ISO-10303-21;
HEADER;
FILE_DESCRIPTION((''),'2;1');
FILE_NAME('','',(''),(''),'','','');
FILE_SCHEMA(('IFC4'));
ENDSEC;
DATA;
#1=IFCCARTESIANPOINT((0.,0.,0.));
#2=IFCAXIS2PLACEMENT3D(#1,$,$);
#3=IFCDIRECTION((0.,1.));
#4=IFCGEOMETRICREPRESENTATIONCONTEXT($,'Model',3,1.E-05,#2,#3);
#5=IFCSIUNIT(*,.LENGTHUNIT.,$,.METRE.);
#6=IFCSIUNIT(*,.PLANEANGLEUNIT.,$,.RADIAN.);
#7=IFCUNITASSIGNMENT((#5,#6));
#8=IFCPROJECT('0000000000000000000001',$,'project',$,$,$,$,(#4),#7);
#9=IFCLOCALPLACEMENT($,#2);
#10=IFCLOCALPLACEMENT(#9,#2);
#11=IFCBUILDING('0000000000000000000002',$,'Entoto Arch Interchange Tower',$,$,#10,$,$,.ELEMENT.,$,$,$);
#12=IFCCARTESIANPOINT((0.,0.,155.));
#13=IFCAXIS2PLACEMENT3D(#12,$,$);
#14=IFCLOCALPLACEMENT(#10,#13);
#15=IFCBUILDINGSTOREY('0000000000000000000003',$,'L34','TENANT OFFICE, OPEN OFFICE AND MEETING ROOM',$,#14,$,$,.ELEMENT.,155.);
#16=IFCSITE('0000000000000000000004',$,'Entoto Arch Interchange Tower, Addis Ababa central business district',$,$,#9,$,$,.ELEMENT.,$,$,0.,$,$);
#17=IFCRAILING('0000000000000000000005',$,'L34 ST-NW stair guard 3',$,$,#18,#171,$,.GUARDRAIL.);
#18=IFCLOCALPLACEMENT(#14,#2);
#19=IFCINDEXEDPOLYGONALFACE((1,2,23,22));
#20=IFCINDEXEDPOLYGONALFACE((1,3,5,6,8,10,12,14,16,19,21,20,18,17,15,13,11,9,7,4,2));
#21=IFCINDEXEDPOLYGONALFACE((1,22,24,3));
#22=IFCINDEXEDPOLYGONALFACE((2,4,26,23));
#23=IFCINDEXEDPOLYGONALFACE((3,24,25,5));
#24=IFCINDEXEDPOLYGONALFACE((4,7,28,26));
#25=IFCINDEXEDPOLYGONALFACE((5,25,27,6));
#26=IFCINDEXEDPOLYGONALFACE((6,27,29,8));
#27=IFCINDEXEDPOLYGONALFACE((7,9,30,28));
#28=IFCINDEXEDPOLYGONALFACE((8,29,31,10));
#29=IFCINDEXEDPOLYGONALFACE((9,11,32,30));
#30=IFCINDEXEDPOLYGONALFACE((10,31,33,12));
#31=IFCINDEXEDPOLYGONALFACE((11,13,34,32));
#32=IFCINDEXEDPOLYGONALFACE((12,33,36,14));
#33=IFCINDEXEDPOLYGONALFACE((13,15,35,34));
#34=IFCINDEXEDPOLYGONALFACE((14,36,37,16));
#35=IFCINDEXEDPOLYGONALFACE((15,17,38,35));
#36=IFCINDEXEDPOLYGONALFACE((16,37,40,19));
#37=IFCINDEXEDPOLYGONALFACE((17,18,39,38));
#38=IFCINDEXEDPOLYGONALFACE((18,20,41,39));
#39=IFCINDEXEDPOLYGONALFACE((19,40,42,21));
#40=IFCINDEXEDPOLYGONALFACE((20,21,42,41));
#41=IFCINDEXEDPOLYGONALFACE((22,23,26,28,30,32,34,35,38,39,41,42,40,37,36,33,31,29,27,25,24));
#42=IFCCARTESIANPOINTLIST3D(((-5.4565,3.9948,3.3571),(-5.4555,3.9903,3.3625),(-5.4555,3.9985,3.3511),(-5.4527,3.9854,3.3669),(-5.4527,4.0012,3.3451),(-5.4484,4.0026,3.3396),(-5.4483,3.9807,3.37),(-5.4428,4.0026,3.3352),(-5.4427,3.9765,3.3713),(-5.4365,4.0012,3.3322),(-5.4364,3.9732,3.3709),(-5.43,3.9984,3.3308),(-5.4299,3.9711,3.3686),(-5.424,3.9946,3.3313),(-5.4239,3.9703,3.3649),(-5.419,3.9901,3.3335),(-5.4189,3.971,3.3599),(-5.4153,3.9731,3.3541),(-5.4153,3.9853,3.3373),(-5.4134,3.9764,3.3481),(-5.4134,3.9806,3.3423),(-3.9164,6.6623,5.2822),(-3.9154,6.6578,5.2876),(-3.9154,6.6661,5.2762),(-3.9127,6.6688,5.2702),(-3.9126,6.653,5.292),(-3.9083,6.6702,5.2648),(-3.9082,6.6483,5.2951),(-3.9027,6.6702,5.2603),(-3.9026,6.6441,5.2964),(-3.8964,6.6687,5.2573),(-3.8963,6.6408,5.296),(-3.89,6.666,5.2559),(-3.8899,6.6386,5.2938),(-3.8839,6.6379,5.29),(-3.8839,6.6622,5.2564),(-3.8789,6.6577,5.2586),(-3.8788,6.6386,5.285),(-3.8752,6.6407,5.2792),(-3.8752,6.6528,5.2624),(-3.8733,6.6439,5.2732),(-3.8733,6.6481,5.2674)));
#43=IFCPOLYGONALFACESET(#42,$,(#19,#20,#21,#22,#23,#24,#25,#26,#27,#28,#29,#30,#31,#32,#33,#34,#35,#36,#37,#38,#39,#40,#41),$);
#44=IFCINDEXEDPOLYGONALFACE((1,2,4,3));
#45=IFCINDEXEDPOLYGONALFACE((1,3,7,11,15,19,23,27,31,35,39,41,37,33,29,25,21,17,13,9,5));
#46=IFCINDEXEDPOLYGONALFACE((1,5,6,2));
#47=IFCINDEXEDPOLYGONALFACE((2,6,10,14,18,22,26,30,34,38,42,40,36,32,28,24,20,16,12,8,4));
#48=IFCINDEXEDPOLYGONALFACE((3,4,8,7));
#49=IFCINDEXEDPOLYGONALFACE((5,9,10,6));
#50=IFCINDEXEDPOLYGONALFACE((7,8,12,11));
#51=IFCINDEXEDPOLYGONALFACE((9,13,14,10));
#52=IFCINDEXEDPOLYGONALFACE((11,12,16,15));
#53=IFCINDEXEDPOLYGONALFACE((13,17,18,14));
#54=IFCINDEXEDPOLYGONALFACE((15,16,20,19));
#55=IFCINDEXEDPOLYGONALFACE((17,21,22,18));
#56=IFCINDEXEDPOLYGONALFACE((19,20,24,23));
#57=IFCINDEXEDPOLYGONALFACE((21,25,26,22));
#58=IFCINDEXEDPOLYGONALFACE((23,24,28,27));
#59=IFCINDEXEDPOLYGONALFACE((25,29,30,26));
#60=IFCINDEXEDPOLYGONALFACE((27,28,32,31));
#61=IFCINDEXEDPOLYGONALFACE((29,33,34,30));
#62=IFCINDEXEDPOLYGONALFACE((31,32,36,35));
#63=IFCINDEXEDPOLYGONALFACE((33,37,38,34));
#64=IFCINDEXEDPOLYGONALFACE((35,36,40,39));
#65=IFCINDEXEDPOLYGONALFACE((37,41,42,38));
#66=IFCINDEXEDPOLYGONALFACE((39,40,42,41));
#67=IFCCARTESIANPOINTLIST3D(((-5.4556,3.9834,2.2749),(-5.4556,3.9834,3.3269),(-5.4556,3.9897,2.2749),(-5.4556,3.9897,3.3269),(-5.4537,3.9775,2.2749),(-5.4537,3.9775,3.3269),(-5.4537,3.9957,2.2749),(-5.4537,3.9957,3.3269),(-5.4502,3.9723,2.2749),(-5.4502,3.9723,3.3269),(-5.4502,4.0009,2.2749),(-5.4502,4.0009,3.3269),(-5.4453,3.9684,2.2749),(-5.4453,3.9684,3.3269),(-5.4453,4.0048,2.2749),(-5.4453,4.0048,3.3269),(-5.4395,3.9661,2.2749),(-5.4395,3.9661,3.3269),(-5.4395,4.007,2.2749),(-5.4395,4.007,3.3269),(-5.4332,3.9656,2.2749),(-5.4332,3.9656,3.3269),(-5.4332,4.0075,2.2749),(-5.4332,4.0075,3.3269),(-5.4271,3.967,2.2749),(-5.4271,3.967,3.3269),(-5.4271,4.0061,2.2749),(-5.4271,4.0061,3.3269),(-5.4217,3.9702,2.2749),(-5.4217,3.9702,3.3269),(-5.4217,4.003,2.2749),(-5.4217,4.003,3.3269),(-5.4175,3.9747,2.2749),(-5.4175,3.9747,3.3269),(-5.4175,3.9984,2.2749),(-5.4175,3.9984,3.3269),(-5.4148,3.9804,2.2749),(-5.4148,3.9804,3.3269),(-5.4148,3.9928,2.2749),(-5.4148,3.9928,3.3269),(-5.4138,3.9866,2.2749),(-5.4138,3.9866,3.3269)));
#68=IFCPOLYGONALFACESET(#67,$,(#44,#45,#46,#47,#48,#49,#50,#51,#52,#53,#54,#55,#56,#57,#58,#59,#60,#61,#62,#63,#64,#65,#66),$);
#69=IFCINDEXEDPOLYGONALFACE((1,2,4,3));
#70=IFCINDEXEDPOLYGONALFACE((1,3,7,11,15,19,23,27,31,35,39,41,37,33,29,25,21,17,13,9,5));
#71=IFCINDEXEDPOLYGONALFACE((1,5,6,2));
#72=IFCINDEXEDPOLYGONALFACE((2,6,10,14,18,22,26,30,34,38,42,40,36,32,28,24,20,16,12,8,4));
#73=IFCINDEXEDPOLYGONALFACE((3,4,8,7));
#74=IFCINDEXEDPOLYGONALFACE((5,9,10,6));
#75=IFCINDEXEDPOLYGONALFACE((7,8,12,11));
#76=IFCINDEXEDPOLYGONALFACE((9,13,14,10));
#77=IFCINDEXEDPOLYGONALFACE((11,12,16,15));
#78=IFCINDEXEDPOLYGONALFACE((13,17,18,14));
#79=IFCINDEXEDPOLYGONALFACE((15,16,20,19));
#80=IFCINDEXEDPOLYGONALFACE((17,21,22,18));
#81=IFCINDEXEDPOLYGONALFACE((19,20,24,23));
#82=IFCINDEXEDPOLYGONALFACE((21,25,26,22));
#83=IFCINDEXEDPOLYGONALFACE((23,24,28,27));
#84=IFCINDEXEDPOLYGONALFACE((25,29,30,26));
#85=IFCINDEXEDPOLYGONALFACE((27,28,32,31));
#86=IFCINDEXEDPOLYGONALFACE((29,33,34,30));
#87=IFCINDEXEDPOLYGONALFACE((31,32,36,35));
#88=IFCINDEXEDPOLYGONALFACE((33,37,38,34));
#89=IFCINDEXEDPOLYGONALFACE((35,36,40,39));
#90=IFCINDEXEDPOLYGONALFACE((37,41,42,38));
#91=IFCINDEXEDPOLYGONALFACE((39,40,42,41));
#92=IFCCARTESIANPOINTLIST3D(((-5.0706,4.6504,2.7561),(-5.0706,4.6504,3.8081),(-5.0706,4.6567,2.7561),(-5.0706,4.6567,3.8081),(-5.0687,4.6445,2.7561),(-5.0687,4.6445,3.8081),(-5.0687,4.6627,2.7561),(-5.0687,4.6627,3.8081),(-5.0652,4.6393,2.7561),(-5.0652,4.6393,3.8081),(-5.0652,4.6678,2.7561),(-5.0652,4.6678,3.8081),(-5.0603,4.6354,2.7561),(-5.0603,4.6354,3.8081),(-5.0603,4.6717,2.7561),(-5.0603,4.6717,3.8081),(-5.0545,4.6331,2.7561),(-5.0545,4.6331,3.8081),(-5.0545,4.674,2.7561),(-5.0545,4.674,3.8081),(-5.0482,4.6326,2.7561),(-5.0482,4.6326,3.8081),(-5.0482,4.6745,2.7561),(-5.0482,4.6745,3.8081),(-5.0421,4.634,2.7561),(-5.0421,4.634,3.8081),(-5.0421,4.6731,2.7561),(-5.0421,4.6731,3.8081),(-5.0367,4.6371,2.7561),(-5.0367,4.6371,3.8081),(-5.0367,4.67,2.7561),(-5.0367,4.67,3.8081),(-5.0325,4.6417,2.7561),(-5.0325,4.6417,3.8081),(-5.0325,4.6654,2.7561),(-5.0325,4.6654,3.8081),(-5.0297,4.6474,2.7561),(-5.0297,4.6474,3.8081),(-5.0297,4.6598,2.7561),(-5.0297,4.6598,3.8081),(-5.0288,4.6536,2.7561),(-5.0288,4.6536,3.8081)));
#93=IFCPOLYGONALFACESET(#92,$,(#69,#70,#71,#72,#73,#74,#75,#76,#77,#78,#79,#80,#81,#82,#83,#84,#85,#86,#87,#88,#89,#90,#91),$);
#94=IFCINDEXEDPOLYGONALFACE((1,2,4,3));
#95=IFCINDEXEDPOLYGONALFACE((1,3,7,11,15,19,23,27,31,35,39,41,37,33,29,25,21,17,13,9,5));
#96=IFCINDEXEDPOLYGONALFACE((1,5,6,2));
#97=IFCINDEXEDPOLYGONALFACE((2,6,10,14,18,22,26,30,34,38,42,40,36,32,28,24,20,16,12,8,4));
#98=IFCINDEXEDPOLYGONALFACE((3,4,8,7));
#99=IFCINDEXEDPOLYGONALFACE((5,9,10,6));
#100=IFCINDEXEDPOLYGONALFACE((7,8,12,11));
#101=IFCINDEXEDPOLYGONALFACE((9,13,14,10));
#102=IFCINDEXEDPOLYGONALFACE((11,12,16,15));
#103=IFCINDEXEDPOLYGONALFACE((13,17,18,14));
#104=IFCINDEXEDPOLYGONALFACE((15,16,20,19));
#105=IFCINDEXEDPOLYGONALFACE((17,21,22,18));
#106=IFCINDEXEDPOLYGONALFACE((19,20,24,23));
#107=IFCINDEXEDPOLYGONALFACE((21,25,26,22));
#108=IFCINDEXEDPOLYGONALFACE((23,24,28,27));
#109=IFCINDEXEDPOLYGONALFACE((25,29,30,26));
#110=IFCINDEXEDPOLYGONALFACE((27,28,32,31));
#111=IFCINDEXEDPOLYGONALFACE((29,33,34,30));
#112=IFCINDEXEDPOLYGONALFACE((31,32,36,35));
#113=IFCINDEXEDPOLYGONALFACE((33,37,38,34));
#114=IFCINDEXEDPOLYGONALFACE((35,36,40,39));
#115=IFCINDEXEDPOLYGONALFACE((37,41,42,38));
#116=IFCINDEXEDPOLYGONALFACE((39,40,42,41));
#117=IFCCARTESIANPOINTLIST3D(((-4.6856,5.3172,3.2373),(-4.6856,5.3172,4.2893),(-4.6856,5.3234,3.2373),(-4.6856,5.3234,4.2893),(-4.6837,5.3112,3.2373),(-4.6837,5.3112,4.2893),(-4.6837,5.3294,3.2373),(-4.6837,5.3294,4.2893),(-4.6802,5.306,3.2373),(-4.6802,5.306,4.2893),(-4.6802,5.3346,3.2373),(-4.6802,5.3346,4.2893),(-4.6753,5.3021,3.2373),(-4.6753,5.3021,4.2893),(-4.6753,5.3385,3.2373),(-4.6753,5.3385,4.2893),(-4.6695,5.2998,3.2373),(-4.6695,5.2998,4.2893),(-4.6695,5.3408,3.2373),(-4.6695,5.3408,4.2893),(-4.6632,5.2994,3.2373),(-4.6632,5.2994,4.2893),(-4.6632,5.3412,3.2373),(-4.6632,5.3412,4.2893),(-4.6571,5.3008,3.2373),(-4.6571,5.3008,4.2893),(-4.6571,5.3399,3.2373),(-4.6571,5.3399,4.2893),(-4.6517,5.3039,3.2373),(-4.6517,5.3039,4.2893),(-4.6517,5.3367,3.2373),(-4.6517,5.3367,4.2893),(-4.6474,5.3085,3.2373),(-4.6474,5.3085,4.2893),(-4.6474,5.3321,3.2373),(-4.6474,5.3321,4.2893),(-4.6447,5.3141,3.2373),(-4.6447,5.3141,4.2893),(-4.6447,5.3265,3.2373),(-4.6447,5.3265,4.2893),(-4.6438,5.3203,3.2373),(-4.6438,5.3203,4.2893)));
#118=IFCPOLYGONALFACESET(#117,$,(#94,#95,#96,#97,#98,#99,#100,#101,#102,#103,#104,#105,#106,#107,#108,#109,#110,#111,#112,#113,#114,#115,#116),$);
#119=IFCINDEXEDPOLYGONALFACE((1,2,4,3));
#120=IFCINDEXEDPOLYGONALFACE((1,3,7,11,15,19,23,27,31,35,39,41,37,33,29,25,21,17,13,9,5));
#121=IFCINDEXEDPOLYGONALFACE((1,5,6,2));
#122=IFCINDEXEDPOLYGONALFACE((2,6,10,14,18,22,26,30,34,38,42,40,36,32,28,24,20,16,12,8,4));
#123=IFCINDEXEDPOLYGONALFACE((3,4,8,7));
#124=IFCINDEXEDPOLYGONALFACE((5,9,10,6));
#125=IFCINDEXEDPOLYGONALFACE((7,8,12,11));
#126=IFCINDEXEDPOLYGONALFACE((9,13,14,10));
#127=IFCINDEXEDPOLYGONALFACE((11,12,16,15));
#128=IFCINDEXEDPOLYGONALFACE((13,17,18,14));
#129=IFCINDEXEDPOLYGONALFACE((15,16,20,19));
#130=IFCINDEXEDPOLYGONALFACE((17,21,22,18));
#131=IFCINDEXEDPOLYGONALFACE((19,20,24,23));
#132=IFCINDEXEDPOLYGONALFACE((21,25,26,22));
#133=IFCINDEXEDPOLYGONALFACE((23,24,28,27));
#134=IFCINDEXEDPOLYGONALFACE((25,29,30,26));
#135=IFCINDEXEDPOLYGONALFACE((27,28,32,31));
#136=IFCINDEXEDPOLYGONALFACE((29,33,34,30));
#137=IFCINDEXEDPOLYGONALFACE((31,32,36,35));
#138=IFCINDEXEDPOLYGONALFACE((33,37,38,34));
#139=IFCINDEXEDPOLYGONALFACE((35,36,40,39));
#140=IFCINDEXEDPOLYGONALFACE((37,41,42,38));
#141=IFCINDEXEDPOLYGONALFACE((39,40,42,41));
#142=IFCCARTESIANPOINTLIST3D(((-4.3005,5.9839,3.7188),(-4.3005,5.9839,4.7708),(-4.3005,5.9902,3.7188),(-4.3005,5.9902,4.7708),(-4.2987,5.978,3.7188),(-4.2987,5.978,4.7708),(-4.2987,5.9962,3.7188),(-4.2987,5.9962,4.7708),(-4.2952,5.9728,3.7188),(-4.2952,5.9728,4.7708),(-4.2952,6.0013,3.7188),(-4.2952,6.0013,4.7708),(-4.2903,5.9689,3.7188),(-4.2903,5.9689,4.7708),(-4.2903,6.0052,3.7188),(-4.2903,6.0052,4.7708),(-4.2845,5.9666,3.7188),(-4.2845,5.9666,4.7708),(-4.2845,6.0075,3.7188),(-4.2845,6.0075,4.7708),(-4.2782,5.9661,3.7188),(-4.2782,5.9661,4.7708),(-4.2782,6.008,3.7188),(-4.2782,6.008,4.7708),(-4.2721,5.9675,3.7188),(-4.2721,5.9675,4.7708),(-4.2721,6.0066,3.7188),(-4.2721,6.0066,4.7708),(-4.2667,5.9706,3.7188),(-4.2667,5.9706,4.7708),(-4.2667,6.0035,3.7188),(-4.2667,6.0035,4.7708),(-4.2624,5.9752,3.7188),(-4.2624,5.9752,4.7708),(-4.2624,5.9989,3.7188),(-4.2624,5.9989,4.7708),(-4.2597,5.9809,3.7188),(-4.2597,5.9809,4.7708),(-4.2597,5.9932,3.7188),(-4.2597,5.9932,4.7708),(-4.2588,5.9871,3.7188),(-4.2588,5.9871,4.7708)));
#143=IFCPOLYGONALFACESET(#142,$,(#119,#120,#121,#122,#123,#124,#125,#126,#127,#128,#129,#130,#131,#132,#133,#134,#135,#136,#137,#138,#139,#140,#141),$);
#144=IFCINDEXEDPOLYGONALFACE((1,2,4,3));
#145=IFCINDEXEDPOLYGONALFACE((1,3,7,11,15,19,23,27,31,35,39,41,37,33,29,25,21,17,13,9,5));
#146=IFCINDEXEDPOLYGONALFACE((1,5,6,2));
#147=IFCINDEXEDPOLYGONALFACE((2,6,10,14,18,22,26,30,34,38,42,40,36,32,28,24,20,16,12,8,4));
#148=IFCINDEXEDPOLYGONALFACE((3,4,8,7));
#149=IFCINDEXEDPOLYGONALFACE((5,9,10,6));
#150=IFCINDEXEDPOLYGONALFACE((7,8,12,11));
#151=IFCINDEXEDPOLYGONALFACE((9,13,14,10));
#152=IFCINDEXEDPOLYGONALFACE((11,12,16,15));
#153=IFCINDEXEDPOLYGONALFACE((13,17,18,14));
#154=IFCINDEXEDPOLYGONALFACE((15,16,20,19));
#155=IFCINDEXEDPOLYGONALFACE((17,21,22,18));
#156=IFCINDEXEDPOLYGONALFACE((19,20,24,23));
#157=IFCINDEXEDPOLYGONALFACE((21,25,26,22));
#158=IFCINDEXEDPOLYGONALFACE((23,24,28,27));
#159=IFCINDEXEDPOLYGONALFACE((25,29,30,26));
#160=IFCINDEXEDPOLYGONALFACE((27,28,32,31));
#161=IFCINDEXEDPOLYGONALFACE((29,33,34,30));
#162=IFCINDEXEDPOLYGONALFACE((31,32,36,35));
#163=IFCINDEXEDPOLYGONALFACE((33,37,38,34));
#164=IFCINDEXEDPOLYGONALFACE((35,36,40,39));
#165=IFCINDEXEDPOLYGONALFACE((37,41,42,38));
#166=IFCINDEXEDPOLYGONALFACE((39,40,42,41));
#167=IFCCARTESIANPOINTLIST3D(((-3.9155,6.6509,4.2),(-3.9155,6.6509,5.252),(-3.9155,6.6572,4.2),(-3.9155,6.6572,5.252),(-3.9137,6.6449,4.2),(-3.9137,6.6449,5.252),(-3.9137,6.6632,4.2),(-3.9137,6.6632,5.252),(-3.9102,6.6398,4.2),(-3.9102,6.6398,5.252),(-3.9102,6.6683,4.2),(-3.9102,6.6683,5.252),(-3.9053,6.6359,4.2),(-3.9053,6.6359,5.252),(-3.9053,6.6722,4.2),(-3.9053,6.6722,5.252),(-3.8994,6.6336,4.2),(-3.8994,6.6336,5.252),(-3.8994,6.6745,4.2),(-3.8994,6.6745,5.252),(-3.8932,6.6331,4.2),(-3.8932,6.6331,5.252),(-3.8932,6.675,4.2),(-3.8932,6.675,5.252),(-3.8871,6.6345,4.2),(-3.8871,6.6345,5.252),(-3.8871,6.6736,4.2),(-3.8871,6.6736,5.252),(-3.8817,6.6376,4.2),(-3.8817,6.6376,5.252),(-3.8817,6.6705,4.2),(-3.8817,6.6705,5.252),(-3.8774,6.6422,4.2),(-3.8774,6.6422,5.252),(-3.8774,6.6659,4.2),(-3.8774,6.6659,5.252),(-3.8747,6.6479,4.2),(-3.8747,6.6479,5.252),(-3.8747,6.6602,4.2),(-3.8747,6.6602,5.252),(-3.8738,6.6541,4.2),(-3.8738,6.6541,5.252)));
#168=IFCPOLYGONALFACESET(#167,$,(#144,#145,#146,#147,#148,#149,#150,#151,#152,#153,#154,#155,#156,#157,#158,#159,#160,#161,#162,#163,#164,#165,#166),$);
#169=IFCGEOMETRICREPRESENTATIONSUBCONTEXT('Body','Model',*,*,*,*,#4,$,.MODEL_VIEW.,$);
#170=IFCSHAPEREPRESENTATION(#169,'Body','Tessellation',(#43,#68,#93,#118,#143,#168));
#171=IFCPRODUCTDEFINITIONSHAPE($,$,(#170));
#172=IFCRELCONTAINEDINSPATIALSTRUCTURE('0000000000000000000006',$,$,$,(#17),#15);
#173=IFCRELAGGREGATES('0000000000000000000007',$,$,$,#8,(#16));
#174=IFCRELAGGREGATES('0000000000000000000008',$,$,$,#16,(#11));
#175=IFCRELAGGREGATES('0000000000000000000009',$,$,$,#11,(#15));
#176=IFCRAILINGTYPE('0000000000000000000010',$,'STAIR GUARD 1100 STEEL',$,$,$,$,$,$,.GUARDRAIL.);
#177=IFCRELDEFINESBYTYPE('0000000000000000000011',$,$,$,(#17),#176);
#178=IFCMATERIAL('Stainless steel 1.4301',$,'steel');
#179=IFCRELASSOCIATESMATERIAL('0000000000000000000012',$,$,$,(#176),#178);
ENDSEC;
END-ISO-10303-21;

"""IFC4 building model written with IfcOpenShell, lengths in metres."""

from ifc_helpers import new_model, si_unit, direction, frame, origin, origin_2d, place, context, subcontext, project, spatial, circle, extrude, material, type_object, element, save


model = new_model("IFC4")

# Units and contexts
model_context = context("Model", 3, precision=1e-05, world=origin(), true_north=direction((0.0, 1.0)))
body_context = subcontext(model_context, "Body", "Model", "MODEL_VIEW")
ifc_project = project(units=[si_unit("LENGTHUNIT", "METRE"), si_unit("PLANEANGLEUNIT", "RADIAN")], contexts=[model_context])

# Site, building, storey
site_placement = place(None, origin())
site = spatial("IfcSite", under=ifc_project, at=site_placement, Name="Entoto Arch Interchange Tower, Addis Ababa central business district", CompositionType="ELEMENT", RefElevation=0.0)
building_placement = place(site_placement, origin())
building = spatial("IfcBuilding", under=site, at=building_placement, Name="Entoto Arch Interchange Tower", CompositionType="ELEMENT")
storey_placement = place(building_placement, frame((0.0, 0.0, 155.0)))
storey = spatial("IfcBuildingStorey", under=building, at=storey_placement, Name="L34", Description="TENANT OFFICE, OPEN OFFICE AND MEETING ROOM", CompositionType="ELEMENT", Elevation=155.0)

# Railing
ifc_material_1 = material(Name="Stainless steel 1.4301", Category="steel")
railing_type = type_object("IfcRailingType", Name="STAIR GUARD 1100 STEEL", PredefinedType="GUARDRAIL", material=ifc_material_1)
railing_1_placement = place(storey_placement, frame((-5.4348, 3.9866, 2.2749)))
element("IfcRailing", 1, at=railing_1_placement, inside=storey, type_object=railing_type, Name="L34 ST-NW stair guard 3", PredefinedType="GUARDRAIL", context=body_context, shape_type="SweptSolid", body=[
    extrude(circle(Radius=0.0239, at=origin_2d()), frame((0.0, 0.0, 1.0762), z_axis=(0.423994, 0.734395, 0.529993), x_axis=(-0.86603, 0.499992, 0.0)), (0.0, 0.0, 1.0), 3.6323),
    extrude(circle(Radius=0.021, at=origin_2d()), origin(), (0.0, 0.0, 1.0), 1.052),
    extrude(circle(Radius=0.021, at=origin_2d()), frame((0.385, 0.667, 0.4812)), (0.0, 0.0, 1.0), 1.052),
    extrude(circle(Radius=0.021, at=origin_2d()), frame((0.77, 1.3337, 0.9624)), (0.0, 0.0, 1.0), 1.052),
    extrude(circle(Radius=0.021, at=origin_2d()), frame((1.155, 2.0005, 1.4438)), (0.0, 0.0, 1.0), 1.052),
    extrude(circle(Radius=0.021, at=origin_2d()), frame((1.54, 2.6675, 1.925)), (0.0, 0.0, 1.0), 1.052),
])

save(model, "model.ifc")
